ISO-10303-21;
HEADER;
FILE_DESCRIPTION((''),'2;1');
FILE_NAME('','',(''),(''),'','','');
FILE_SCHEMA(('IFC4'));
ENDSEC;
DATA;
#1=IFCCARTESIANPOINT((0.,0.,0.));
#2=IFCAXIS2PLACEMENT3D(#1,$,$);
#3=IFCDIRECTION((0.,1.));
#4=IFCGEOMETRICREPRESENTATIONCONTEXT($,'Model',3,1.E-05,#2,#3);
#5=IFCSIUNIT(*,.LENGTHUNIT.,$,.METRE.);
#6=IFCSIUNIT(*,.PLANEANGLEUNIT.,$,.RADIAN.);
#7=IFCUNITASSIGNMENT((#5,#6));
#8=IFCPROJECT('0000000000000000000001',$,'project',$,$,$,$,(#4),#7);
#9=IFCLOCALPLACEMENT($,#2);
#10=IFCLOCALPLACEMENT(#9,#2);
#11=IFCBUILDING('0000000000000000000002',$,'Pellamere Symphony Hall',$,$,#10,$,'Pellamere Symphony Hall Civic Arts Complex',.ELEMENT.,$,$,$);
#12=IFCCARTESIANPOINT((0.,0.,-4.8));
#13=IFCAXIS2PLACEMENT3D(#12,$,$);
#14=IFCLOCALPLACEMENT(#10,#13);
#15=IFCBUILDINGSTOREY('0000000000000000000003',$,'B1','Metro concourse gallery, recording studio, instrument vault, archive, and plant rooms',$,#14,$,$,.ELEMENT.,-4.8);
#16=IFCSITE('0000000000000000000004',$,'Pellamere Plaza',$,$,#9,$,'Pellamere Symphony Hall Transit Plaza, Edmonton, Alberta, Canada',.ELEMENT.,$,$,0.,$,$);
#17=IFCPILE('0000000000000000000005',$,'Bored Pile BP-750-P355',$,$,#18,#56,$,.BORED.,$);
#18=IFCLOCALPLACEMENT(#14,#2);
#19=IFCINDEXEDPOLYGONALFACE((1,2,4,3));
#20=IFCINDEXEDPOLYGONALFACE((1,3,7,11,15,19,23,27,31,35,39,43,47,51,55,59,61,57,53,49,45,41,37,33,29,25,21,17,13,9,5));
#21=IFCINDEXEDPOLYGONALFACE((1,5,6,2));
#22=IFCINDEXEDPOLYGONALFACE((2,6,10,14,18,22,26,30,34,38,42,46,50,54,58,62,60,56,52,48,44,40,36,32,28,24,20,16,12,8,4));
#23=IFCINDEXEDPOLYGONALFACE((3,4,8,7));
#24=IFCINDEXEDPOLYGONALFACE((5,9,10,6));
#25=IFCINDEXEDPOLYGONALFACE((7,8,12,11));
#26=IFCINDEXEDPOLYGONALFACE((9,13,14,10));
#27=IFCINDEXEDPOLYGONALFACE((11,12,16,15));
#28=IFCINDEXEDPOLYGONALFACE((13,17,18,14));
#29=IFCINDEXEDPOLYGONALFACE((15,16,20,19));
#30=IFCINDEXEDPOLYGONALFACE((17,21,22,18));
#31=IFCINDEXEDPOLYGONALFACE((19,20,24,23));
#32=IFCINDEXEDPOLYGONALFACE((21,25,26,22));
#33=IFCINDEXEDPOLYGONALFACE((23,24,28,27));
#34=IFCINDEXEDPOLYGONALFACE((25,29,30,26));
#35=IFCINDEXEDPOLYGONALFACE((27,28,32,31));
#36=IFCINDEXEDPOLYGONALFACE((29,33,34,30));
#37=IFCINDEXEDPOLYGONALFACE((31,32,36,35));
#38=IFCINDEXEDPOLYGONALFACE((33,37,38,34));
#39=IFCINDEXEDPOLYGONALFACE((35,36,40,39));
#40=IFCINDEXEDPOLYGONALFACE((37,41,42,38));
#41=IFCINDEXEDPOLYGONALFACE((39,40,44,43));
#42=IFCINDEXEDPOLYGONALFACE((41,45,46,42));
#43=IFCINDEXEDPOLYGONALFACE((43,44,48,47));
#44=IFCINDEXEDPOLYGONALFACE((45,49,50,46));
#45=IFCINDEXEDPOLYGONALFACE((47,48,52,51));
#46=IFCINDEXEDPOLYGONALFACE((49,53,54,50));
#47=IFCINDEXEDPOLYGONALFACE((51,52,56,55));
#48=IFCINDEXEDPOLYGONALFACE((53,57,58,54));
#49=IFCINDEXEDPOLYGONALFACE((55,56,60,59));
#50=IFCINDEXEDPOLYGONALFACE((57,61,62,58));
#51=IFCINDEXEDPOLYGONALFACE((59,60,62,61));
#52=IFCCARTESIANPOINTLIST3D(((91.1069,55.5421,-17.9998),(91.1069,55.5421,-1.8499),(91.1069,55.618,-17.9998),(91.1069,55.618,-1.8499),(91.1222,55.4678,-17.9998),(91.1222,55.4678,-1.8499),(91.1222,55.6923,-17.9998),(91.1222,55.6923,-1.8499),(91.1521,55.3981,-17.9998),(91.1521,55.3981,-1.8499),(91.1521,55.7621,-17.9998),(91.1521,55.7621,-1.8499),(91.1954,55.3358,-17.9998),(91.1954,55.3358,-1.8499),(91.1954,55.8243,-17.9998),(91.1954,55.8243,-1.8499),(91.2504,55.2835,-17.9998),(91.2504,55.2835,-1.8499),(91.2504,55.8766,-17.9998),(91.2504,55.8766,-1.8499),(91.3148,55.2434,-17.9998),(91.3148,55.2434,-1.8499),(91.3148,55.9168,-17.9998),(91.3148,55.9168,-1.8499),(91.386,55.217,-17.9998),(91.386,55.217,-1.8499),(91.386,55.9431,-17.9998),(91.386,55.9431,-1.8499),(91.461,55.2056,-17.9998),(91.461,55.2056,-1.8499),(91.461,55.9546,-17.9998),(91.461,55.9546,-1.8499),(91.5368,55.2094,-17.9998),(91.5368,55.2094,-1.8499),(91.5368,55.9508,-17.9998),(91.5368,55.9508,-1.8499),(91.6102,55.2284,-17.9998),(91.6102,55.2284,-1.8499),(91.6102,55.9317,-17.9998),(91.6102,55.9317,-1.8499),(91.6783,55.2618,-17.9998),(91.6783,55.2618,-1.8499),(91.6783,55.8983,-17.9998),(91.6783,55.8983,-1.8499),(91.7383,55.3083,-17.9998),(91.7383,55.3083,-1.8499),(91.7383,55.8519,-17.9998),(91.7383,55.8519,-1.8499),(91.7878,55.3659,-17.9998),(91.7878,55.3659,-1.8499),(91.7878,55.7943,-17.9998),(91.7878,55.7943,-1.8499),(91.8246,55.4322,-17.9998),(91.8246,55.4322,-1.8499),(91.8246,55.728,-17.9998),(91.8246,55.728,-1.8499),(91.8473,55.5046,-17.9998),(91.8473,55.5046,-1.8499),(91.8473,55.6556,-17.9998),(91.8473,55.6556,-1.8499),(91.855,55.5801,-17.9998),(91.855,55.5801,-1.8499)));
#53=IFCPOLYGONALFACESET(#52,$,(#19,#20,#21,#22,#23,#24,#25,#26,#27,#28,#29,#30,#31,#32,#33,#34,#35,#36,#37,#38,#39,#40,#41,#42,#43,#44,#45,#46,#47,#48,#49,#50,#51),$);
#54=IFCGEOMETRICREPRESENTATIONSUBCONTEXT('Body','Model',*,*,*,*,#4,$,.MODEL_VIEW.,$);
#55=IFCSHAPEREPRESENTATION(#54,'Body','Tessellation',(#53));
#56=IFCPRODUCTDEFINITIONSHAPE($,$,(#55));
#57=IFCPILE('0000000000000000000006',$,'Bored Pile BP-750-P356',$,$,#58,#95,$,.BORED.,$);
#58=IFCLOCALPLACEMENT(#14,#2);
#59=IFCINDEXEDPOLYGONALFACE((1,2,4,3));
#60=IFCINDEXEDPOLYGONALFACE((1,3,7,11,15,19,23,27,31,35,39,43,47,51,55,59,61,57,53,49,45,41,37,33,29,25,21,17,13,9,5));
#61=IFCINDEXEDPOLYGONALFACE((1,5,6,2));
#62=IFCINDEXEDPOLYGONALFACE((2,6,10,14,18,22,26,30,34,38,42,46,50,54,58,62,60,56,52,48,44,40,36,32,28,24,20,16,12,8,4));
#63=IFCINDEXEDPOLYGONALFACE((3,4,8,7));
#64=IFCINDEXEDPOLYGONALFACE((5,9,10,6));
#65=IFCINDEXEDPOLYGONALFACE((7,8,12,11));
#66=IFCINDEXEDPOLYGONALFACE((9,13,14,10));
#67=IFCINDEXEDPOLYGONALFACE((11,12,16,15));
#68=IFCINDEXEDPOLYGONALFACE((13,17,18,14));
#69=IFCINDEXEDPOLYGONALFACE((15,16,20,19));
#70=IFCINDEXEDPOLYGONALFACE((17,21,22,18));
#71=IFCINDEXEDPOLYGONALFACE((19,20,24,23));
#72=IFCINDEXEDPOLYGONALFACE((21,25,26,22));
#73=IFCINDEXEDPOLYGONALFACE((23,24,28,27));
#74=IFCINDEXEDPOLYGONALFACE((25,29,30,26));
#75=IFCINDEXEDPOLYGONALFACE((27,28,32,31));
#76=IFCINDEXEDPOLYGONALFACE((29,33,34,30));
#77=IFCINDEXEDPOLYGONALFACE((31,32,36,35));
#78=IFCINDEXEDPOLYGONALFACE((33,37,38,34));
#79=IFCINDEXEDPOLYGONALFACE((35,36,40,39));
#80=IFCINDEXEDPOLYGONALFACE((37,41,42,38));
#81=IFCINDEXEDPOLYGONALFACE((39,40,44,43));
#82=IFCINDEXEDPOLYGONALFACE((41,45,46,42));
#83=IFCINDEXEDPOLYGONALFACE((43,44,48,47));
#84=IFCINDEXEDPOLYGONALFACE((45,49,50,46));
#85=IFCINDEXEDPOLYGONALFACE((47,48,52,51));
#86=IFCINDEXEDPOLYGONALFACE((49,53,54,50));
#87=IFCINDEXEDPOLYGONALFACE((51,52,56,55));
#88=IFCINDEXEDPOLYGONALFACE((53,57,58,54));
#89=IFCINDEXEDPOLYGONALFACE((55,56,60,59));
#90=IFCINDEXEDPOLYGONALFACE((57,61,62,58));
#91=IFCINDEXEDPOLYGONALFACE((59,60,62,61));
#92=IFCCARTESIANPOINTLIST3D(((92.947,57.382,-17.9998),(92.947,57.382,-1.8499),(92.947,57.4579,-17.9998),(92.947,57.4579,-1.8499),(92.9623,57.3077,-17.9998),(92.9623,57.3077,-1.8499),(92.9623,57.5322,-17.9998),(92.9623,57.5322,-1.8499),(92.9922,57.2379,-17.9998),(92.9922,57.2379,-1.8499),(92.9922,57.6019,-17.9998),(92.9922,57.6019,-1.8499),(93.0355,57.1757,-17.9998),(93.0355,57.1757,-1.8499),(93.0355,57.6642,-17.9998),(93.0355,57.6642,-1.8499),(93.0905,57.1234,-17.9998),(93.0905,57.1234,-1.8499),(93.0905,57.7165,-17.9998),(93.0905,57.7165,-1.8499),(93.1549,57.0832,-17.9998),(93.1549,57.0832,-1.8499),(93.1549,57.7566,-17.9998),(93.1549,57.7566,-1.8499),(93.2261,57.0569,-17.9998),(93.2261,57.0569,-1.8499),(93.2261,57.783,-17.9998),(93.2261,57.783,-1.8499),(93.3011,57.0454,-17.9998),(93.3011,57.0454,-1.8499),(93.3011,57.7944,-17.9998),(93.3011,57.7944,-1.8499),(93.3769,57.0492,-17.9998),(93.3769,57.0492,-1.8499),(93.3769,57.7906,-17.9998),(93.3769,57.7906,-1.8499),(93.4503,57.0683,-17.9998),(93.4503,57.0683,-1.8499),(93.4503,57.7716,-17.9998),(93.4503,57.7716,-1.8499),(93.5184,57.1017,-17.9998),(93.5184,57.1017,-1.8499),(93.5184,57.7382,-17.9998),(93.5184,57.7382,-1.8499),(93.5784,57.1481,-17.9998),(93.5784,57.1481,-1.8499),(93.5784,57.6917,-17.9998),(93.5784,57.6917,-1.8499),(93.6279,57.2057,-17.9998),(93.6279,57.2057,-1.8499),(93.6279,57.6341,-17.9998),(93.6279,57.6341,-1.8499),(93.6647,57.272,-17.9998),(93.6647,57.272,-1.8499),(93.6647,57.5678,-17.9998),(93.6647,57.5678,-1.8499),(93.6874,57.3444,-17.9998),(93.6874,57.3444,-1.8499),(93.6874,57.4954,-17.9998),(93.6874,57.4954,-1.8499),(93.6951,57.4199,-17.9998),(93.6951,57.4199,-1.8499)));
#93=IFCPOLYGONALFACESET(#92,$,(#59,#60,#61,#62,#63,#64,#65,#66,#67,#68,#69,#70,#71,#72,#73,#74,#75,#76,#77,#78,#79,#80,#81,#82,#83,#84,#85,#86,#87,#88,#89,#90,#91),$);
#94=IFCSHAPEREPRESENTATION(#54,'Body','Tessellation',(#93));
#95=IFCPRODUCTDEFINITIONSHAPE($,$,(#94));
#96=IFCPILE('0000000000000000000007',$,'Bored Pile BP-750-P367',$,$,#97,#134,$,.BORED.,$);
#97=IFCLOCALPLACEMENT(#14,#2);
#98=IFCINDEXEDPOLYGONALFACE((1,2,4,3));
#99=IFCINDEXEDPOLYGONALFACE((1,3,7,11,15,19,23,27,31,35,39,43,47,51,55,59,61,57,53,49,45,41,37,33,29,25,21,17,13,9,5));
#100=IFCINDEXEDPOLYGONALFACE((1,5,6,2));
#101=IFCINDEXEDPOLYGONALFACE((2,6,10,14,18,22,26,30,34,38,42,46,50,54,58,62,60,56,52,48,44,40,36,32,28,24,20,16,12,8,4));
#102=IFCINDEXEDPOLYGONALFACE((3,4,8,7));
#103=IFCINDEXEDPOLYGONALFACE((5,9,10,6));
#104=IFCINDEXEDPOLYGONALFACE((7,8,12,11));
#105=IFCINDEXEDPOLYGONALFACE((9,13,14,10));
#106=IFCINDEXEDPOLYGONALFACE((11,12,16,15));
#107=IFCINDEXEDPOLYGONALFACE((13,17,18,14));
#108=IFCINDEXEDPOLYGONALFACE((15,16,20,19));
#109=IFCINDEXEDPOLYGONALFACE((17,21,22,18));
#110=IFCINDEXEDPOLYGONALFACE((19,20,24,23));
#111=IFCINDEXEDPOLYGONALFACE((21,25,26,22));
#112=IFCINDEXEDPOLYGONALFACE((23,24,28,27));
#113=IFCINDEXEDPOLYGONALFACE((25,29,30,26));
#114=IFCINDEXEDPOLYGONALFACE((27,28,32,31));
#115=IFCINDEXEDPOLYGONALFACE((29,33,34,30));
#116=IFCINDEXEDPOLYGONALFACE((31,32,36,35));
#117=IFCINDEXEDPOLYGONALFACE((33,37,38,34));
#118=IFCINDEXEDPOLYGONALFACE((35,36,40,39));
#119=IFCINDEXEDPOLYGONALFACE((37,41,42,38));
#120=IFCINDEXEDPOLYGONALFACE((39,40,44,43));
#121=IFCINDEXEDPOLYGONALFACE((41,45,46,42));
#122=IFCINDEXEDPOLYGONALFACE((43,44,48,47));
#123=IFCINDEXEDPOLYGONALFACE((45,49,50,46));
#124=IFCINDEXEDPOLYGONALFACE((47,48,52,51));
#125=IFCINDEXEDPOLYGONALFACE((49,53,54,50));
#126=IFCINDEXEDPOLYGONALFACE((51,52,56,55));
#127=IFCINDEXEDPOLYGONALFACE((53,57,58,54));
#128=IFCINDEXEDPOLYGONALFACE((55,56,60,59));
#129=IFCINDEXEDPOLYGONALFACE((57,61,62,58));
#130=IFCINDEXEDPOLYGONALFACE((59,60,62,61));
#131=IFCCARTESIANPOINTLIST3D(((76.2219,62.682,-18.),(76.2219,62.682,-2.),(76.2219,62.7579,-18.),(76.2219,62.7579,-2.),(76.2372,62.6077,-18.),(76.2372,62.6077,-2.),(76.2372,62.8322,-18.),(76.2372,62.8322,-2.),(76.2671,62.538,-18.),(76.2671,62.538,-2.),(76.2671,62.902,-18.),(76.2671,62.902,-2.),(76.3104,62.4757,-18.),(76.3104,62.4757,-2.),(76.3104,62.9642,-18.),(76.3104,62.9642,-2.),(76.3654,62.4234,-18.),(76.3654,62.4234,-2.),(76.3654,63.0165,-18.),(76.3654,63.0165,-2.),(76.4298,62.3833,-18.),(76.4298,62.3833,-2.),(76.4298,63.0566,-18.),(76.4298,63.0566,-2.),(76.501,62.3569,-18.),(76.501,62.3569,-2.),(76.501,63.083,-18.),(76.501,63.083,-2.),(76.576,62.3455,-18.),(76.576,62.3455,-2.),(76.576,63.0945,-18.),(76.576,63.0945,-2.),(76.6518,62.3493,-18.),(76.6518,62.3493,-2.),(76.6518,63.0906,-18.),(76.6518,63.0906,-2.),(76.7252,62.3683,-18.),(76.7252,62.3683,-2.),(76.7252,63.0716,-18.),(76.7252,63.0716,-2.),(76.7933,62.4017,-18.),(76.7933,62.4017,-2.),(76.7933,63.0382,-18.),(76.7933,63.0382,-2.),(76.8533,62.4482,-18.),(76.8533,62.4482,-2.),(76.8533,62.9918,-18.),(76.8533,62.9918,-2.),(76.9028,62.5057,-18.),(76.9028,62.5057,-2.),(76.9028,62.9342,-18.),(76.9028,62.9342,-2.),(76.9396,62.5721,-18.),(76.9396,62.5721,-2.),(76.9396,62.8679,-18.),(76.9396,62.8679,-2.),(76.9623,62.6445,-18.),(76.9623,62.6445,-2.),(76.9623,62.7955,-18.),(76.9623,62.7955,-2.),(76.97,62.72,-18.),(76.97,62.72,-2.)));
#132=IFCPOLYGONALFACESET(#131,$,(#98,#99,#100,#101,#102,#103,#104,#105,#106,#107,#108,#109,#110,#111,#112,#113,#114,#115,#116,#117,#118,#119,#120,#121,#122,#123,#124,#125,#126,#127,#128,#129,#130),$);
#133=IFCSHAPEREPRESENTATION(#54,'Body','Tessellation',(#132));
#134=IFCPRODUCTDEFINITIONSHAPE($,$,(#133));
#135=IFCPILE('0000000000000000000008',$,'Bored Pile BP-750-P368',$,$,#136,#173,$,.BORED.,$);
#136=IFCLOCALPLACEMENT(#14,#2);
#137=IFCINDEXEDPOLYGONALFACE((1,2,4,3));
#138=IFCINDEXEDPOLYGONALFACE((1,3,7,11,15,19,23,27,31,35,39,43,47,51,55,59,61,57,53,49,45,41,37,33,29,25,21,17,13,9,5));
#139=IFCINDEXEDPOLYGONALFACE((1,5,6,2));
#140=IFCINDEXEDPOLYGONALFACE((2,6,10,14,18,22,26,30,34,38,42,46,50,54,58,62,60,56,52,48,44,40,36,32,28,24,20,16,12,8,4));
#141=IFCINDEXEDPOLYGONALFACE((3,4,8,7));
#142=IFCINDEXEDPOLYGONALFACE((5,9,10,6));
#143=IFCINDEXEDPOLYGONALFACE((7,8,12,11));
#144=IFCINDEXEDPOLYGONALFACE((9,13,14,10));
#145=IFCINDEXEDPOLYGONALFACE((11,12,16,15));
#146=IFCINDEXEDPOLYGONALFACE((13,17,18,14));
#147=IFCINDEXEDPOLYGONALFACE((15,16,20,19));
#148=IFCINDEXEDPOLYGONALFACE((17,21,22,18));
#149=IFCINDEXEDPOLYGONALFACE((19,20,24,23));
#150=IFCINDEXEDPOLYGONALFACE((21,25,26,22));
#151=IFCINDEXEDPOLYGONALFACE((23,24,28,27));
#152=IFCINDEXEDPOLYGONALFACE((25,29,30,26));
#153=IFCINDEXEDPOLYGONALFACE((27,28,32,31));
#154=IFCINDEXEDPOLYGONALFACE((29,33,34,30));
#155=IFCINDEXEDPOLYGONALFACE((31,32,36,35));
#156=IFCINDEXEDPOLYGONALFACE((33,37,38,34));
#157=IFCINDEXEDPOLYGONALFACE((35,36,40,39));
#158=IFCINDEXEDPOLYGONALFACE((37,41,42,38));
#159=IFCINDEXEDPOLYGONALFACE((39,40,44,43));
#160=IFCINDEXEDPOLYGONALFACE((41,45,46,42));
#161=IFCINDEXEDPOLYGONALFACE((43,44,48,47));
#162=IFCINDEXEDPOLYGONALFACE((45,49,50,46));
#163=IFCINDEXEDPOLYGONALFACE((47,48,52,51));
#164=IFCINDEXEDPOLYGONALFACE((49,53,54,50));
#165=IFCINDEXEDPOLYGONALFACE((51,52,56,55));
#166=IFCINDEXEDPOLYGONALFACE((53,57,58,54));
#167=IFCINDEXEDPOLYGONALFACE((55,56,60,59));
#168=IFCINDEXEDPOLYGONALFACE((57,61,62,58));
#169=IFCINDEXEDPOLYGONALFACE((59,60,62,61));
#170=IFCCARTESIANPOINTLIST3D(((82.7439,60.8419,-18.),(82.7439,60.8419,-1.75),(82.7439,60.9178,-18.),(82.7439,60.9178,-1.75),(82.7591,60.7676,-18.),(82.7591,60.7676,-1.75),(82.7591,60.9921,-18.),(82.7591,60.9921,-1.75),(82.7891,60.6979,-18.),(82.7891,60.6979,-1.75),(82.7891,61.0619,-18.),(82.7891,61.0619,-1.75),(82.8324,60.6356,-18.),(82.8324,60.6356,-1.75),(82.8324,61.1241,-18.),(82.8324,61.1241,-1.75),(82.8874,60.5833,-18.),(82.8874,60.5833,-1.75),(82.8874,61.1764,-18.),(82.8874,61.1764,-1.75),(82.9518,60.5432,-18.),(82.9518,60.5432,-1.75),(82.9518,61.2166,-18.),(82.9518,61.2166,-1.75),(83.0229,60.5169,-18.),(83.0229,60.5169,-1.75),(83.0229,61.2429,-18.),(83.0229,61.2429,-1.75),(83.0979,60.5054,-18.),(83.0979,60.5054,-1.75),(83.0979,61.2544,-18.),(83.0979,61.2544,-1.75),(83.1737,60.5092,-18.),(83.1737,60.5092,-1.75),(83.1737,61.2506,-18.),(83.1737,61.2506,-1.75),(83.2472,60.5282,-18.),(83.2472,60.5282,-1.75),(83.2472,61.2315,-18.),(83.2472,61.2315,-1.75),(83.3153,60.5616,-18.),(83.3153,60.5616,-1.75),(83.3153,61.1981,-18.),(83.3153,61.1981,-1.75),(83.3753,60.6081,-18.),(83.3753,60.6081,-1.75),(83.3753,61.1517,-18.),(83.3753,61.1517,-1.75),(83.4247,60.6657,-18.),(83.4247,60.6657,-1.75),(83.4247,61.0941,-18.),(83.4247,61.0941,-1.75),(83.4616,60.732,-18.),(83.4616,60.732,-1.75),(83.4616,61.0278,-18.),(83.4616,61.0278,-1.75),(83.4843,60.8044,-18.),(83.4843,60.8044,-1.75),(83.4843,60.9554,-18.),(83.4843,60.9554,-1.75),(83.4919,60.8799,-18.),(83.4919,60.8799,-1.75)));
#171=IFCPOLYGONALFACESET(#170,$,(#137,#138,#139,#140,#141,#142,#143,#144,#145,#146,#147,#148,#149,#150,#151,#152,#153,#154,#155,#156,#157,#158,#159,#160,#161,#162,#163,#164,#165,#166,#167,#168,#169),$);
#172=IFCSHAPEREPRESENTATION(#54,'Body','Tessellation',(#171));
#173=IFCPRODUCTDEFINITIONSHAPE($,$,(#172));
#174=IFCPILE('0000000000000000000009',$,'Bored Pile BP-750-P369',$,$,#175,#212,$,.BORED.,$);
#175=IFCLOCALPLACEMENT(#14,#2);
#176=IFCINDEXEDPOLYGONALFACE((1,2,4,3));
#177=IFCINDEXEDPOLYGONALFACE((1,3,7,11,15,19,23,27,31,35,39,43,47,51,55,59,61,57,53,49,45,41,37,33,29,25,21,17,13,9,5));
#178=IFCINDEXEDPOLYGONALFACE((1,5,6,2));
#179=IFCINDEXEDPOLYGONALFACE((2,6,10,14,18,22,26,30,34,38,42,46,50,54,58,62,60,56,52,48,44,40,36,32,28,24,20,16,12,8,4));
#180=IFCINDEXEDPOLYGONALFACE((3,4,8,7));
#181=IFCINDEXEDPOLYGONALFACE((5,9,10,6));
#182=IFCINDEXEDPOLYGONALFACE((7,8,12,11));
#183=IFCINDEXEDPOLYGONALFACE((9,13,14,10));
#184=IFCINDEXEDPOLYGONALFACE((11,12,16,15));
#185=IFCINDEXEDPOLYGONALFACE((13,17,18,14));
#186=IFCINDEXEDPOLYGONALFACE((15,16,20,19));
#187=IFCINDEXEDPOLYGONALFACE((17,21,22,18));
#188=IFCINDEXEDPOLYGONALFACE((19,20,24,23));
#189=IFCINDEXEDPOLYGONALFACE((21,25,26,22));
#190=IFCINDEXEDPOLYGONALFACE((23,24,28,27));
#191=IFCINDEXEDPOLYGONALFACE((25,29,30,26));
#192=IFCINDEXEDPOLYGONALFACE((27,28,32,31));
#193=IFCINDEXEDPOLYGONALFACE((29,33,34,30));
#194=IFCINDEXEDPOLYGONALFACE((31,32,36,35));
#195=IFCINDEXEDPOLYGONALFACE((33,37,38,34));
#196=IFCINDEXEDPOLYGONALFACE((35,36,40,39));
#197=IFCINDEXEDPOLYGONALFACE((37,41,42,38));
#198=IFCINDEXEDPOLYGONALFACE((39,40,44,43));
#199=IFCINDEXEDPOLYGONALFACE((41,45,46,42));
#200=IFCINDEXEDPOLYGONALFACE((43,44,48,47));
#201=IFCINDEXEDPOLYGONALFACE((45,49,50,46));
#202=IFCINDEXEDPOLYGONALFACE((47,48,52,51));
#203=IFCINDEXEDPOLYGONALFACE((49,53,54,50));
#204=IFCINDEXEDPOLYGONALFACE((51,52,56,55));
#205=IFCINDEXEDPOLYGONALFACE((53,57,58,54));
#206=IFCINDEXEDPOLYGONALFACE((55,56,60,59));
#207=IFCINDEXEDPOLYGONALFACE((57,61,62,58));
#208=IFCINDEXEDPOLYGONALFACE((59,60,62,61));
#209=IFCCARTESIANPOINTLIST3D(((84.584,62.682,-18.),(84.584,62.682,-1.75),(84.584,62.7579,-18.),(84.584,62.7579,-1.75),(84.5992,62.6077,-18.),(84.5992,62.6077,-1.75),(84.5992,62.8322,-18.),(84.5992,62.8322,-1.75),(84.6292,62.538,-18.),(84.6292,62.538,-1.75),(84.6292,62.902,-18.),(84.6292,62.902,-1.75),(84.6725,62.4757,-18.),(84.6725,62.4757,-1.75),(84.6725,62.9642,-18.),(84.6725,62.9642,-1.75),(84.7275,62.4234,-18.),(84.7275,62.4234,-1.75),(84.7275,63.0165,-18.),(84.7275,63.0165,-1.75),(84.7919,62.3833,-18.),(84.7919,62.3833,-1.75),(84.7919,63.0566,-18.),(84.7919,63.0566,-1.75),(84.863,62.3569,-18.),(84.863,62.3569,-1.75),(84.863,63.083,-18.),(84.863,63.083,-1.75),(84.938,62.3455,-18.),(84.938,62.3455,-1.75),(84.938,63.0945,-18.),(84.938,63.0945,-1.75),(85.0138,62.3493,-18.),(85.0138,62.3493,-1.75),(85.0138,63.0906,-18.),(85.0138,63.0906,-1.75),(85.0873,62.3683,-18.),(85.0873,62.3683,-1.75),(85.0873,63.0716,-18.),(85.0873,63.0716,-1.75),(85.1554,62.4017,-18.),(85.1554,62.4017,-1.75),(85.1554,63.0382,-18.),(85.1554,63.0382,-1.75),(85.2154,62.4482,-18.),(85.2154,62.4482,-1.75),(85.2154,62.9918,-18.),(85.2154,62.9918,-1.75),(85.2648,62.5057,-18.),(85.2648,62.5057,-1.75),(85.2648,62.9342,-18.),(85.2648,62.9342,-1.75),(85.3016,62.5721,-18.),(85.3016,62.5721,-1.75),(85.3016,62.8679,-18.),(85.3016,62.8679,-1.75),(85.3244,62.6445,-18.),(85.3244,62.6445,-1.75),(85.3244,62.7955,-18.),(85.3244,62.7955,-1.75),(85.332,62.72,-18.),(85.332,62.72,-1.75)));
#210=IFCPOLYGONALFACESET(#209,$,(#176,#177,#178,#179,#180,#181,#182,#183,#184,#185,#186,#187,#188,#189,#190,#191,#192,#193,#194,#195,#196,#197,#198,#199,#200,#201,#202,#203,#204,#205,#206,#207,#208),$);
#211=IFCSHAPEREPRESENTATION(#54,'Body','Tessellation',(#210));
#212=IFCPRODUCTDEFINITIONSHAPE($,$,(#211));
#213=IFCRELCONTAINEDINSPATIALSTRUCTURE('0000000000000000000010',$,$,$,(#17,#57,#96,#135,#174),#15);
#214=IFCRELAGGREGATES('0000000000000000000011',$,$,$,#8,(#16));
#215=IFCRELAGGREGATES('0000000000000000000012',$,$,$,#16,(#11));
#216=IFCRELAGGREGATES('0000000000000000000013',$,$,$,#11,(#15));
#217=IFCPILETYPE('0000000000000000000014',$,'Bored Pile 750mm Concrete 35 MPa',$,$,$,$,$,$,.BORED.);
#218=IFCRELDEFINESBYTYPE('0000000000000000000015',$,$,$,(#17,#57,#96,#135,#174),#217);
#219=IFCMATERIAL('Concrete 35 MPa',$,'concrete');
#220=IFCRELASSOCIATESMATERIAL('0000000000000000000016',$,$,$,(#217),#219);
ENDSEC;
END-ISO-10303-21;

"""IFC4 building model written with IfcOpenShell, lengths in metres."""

from ifc_helpers import new_model, si_unit, direction, frame, origin, origin_2d, place, context, subcontext, project, spatial, circle, extrude, material, material_profile, profile_set, type_object, element, save


model = new_model("IFC4")

# Units and contexts
model_context = context("Model", 3, precision=1e-05, world=origin(), true_north=direction((0.0, 1.0)))
body_context = subcontext(model_context, "Body", "Model", "MODEL_VIEW")
ifc_project = project(units=[si_unit("LENGTHUNIT", "METRE"), si_unit("PLANEANGLEUNIT", "RADIAN")], contexts=[model_context])

# Site, building, storey
site_placement = place(None, origin())
site = spatial("IfcSite", under=ifc_project, at=site_placement, Name="Pellamere Plaza", LongName="Pellamere Symphony Hall Transit Plaza, Edmonton, Alberta, Canada", CompositionType="ELEMENT", RefElevation=0.0)
building_placement = place(site_placement, origin())
building = spatial("IfcBuilding", under=site, at=building_placement, Name="Pellamere Symphony Hall", LongName="Pellamere Symphony Hall Civic Arts Complex", CompositionType="ELEMENT")
storey_placement = place(building_placement, frame((0.0, 0.0, -4.8)))
storey = spatial("IfcBuildingStorey", under=building, at=storey_placement, Name="B1", Description="Metro concourse gallery, recording studio, instrument vault, archive, and plant rooms", CompositionType="ELEMENT", Elevation=-4.8)

# Piles
ifc_material_1 = material(Name="Concrete 35 MPa", Category="concrete")
ifc_material_profile_1 = material_profile(ifc_material_1, circle(Radius=0.375, at=origin_2d()), Name="PILE D750")
ifc_profile_set_1 = profile_set([ifc_material_profile_1], Name="Concrete 35 MPa")
pile_type = type_object("IfcPileType", Name="Bored Pile 750mm Concrete 35 MPa", PredefinedType="BORED", material=ifc_profile_set_1)
for number, where, z_axis, x_axis, name in (
    (1, (91.48, 55.5801, -1.8499), (0.0, 0.0, -1.0), (1.0, 0.0, 0.0), "Bored Pile BP-750-P355"),
    (2, (93.3201, 57.4199, -1.8499), (0.0, 0.0, -1.0), (1.0, 0.0, 0.0), "Bored Pile BP-750-P356"),
):
    element("IfcPile", number, at=place(storey_placement, frame(where, z_axis=z_axis, x_axis=x_axis)), inside=storey, type_object=pile_type, Name=name, PredefinedType="BORED", context=body_context, shape_type="SweptSolid", body=[
        extrude(circle(Radius=0.375, at=origin_2d()), origin(), (0.0, 0.0, 1.0), 16.1499),
    ])
pile_1_placement = place(storey_placement, frame((76.595, 62.72, -2.0), z_axis=(0.0, 0.0, -1.0), x_axis=(1.0, 0.0, 0.0)))
element("IfcPile", 3, at=pile_1_placement, inside=storey, type_object=pile_type, Name="Bored Pile BP-750-P367", PredefinedType="BORED", context=body_context, shape_type="SweptSolid", body=[
    extrude(circle(Radius=0.375, at=origin_2d()), origin(), (0.0, 0.0, 1.0), 16.0),
])
for number, where, z_axis, x_axis, name in (
    (4, (83.1169, 60.8799, -1.75), (0.0, 0.0, -1.0), (1.0, 0.0, 0.0), "Bored Pile BP-750-P368"),
    (5, (84.957, 62.72, -1.75), (0.0, 0.0, -1.0), (1.0, 0.0, 0.0), "Bored Pile BP-750-P369"),
):
    element("IfcPile", number, at=place(storey_placement, frame(where, z_axis=z_axis, x_axis=x_axis)), inside=storey, type_object=pile_type, Name=name, PredefinedType="BORED", context=body_context, shape_type="SweptSolid", body=[
        extrude(circle(Radius=0.375, at=origin_2d()), origin(), (0.0, 0.0, 1.0), 16.25),
    ])

save(model, "model.ifc")
